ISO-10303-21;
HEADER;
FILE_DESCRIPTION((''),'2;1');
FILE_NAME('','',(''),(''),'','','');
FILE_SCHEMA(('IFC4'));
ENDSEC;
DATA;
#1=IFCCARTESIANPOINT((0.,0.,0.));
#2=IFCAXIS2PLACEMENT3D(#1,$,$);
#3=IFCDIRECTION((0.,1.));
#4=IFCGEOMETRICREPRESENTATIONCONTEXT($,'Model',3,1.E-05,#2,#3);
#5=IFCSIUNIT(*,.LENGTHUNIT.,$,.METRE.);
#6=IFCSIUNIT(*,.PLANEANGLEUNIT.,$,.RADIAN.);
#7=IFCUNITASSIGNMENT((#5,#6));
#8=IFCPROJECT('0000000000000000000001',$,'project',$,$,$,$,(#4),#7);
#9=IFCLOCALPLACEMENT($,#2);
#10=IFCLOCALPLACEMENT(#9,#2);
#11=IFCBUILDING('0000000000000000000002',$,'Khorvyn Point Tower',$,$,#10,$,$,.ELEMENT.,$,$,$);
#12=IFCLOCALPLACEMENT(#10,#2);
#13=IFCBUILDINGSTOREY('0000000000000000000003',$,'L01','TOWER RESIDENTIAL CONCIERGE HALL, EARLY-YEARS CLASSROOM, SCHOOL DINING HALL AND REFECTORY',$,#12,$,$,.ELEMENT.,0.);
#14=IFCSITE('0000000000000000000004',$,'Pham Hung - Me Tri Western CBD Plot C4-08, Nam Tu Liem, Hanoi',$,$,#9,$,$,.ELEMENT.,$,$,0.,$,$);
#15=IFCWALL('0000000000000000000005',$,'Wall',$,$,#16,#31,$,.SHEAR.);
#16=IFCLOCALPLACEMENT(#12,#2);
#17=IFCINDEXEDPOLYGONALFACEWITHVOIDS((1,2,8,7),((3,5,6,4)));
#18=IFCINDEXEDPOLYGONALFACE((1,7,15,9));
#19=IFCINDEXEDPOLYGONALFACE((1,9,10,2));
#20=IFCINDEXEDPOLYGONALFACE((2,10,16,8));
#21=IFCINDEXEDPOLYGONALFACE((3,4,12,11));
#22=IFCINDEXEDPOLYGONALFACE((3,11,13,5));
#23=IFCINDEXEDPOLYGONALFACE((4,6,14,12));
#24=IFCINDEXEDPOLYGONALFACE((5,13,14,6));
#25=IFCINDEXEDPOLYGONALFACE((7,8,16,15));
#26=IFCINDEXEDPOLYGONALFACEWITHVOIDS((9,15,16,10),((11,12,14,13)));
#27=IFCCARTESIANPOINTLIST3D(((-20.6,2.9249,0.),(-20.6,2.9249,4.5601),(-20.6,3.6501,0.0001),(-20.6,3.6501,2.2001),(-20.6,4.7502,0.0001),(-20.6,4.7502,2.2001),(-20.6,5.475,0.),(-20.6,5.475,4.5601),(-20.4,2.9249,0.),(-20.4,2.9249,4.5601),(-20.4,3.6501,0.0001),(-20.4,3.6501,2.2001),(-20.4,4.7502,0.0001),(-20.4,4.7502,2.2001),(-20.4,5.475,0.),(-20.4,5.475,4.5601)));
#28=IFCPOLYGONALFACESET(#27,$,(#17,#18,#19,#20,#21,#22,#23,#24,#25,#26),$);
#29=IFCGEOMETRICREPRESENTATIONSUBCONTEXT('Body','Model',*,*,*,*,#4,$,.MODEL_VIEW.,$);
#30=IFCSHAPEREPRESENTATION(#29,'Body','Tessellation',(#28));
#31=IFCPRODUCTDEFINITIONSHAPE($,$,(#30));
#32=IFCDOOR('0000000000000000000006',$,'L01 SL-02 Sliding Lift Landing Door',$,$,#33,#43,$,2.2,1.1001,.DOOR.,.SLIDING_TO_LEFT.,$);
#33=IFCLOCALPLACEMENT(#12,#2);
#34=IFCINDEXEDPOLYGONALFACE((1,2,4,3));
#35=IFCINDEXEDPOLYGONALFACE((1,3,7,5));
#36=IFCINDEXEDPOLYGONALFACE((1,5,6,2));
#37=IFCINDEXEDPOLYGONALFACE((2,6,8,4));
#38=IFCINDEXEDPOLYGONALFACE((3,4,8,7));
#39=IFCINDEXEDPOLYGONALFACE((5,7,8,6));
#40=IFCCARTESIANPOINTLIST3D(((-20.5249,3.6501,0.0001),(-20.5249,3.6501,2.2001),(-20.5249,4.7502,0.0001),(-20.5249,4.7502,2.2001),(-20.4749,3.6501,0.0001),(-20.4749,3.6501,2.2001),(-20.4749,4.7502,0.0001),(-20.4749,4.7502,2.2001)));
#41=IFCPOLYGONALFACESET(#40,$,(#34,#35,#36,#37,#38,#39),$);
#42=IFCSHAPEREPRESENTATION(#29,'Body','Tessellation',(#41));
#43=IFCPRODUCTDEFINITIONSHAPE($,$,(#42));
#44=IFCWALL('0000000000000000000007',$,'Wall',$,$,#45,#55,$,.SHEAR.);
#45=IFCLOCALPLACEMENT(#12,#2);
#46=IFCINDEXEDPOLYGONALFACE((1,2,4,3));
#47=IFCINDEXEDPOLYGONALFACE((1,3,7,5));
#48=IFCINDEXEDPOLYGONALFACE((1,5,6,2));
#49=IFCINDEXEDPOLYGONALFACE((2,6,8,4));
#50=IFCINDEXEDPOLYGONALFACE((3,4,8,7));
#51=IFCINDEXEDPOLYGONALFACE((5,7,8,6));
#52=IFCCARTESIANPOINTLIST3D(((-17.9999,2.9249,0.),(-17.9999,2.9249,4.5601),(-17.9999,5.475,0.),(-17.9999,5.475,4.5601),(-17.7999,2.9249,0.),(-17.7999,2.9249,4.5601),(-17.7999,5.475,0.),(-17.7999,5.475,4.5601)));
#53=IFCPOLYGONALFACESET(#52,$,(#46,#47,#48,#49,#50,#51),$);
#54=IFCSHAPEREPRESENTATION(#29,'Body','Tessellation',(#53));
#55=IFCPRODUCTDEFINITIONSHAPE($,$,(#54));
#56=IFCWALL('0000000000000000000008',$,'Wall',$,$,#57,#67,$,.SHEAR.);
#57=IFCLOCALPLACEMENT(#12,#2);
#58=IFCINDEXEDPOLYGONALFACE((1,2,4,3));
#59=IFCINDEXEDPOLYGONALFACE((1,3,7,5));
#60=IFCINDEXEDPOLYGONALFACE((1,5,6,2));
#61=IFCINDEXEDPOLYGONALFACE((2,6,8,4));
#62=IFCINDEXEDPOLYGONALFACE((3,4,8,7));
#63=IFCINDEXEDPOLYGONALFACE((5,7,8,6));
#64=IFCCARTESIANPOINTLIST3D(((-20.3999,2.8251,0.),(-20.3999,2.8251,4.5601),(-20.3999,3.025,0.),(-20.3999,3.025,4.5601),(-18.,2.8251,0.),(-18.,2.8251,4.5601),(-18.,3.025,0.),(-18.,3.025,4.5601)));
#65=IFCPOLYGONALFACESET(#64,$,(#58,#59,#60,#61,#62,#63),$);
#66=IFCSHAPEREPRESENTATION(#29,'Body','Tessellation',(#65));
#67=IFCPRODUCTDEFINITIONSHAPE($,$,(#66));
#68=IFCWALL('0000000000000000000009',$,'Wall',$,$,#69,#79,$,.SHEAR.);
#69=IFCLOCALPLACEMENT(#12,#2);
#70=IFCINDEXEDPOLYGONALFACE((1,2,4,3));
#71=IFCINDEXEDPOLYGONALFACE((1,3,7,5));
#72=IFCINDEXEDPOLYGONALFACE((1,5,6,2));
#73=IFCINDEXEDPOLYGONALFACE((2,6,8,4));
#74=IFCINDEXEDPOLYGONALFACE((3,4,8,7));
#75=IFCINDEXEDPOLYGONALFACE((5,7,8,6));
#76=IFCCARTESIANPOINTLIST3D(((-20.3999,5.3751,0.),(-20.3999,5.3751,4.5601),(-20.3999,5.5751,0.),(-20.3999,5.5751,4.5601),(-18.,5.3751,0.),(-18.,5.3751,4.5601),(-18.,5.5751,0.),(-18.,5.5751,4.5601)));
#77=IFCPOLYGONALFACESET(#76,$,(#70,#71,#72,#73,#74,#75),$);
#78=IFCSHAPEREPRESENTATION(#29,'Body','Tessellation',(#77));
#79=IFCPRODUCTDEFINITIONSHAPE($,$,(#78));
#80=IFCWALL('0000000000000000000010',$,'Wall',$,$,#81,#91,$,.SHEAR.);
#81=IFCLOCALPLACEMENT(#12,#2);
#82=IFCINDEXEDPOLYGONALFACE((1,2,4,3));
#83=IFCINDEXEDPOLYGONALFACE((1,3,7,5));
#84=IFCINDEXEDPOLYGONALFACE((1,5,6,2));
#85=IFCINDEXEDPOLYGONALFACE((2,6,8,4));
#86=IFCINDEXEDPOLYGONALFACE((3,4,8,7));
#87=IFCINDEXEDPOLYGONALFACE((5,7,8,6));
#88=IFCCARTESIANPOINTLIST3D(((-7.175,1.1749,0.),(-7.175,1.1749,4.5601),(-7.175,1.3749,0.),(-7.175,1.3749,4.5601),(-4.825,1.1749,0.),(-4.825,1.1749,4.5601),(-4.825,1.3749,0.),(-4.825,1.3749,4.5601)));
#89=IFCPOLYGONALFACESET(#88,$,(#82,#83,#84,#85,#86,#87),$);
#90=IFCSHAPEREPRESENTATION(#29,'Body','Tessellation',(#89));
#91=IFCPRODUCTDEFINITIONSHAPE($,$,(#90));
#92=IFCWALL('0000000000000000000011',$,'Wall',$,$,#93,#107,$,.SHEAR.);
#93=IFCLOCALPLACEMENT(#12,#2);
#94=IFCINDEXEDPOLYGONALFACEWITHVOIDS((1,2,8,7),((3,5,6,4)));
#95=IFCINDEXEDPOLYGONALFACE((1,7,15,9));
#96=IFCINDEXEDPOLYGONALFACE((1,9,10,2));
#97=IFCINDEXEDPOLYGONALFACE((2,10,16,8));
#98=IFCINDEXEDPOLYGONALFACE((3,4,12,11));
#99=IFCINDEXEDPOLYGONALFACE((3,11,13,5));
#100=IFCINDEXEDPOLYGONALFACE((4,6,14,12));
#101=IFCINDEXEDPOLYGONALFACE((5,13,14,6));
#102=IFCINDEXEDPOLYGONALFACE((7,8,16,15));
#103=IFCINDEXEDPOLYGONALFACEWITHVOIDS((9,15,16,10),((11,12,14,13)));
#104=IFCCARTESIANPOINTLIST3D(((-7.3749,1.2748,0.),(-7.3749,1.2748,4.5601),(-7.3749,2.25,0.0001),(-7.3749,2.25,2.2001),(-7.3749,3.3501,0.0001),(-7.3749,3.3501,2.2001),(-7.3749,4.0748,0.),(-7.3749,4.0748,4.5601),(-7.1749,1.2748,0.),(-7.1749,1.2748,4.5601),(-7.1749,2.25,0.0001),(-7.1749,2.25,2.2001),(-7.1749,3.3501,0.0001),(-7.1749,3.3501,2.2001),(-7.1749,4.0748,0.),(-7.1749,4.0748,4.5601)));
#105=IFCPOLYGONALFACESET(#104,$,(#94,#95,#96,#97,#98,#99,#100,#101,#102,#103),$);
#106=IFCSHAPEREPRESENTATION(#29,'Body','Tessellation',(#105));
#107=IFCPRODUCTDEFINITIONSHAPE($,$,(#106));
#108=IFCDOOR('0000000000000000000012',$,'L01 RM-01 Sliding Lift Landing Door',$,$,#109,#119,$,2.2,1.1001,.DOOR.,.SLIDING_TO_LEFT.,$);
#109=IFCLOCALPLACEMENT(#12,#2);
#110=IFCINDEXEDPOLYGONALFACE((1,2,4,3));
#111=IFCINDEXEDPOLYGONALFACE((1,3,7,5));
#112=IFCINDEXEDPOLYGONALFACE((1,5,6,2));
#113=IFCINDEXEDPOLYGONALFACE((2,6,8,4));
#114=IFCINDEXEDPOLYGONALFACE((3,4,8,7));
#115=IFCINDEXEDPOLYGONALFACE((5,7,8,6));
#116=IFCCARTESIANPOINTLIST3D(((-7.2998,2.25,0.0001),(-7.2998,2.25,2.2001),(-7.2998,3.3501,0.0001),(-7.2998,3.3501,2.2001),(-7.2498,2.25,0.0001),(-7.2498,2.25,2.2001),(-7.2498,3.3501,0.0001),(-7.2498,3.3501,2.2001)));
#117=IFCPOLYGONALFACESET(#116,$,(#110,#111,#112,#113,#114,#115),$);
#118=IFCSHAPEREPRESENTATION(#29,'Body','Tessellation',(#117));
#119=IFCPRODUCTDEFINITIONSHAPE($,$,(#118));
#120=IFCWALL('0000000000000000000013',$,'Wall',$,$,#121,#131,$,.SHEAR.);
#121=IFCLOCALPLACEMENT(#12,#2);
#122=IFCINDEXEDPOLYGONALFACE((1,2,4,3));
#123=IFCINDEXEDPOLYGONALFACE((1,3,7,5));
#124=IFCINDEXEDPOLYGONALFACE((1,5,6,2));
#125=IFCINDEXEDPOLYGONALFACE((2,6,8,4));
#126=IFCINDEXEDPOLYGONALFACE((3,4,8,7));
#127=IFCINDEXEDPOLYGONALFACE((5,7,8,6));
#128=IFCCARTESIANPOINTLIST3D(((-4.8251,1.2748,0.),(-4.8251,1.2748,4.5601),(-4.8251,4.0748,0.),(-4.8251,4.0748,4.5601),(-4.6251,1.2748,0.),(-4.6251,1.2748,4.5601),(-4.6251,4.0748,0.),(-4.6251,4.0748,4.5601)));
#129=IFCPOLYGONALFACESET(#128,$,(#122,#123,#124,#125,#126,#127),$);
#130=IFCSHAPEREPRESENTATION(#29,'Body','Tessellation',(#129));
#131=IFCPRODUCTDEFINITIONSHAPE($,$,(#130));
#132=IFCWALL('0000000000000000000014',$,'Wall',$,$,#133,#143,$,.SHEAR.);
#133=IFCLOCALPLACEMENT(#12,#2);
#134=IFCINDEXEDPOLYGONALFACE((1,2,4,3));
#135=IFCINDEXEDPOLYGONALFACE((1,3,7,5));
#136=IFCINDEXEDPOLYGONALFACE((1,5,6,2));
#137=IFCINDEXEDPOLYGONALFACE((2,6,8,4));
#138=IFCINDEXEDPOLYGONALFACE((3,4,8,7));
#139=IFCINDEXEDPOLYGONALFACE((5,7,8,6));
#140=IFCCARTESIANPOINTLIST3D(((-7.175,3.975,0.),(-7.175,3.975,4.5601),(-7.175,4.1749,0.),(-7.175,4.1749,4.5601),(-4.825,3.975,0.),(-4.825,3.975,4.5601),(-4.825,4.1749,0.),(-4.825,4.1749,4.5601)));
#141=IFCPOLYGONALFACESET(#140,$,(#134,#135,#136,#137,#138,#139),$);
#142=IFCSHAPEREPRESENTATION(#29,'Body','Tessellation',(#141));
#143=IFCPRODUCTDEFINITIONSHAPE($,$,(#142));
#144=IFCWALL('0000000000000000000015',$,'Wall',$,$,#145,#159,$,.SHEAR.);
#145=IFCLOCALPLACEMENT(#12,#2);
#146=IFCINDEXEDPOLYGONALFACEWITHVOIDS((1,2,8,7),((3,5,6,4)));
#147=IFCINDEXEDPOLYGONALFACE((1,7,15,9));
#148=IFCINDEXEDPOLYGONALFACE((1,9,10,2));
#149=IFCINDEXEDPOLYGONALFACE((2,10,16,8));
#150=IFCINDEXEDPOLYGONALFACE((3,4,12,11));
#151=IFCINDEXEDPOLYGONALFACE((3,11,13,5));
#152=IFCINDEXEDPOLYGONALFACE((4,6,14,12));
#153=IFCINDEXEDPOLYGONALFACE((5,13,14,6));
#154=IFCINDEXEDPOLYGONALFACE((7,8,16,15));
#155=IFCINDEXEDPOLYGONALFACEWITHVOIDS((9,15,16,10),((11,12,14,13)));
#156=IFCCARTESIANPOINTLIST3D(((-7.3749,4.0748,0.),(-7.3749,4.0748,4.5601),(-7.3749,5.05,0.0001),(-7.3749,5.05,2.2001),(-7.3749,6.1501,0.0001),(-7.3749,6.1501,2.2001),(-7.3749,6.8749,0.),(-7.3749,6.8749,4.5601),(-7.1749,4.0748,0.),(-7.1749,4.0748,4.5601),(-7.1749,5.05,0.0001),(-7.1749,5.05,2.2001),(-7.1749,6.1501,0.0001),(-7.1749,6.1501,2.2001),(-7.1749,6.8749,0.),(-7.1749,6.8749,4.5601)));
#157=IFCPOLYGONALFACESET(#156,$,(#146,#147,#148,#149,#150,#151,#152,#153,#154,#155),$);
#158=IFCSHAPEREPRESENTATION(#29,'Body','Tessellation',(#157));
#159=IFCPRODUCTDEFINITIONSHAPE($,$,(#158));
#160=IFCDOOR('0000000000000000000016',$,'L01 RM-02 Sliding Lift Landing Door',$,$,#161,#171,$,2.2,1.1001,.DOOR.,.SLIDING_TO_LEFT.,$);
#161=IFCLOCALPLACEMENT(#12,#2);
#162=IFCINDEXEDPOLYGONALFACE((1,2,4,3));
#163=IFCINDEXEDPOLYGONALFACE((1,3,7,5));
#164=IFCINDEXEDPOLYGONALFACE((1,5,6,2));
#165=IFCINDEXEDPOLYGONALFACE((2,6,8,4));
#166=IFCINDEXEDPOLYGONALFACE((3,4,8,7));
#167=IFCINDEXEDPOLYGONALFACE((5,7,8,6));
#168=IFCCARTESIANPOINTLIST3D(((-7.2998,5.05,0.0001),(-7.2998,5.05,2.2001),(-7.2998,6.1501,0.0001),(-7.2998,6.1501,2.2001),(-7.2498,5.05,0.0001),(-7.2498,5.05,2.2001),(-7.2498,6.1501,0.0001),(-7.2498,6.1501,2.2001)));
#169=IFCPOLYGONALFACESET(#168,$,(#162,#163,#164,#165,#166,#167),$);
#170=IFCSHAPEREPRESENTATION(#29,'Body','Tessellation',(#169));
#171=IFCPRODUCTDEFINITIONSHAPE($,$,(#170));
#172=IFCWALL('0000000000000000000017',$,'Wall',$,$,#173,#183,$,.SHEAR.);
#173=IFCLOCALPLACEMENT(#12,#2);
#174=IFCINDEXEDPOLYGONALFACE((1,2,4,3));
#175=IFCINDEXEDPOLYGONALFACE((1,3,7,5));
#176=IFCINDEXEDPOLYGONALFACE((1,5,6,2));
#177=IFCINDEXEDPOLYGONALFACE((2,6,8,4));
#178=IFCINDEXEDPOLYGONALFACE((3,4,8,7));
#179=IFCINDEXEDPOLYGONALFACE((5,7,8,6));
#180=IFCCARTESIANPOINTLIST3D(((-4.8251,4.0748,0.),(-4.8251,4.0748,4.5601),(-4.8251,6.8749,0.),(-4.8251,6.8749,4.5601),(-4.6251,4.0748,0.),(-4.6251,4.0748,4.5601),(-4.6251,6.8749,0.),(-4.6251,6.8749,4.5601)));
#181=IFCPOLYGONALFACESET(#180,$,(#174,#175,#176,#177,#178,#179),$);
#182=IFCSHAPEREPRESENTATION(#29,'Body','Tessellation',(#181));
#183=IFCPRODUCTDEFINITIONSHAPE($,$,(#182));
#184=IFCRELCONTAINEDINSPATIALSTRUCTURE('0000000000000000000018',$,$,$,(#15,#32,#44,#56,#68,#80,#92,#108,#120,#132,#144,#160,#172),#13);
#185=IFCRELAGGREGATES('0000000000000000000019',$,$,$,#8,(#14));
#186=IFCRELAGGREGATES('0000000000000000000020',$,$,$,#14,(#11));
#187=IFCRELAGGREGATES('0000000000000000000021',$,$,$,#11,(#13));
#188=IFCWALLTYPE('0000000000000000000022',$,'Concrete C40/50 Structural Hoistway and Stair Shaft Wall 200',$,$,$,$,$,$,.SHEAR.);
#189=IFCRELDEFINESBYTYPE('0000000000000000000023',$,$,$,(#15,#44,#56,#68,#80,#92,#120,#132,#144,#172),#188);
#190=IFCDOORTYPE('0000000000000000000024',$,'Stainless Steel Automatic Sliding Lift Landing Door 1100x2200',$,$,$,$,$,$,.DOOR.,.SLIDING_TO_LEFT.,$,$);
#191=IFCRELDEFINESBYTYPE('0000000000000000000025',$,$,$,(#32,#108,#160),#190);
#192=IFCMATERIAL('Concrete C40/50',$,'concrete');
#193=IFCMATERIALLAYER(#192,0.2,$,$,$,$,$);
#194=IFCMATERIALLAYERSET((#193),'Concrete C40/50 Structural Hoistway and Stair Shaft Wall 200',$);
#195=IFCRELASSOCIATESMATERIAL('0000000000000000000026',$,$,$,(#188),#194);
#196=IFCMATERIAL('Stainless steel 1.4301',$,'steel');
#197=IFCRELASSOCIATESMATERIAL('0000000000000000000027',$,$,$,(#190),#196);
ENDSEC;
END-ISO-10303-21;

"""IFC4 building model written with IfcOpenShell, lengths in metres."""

from ifc_helpers import new_model, si_unit, direction, frame, frame_2d, origin, place, context, subcontext, project, spatial, rectangle, extrude, material, layer, layer_set, type_object, element, fill, save


model = new_model("IFC4")

# Units and contexts
model_context = context("Model", 3, precision=1e-05, world=origin(), true_north=direction((0.0, 1.0)))
body_context = subcontext(model_context, "Body", "Model", "MODEL_VIEW")
ifc_project = project(units=[si_unit("LENGTHUNIT", "METRE"), si_unit("PLANEANGLEUNIT", "RADIAN")], contexts=[model_context])

# Site, building, storey
site_placement = place(None, origin())
site = spatial("IfcSite", under=ifc_project, at=site_placement, Name="Pham Hung - Me Tri Western CBD Plot C4-08, Nam Tu Liem, Hanoi", CompositionType="ELEMENT", RefElevation=0.0)
building_placement = place(site_placement, origin())
building = spatial("IfcBuilding", under=site, at=building_placement, Name="Khorvyn Point Tower", CompositionType="ELEMENT")
storey_placement = place(building_placement, origin())
storey = spatial("IfcBuildingStorey", under=building, at=storey_placement, Name="L01", Description="TOWER RESIDENTIAL CONCIERGE HALL, EARLY-YEARS CLASSROOM, SCHOOL DINING HALL AND REFECTORY", CompositionType="ELEMENT", Elevation=0.0)

# Shared definitions
ifc_material_1 = material(Name="Concrete C40/50", Category="concrete")

# Wall, opening, door
ifc_layer_1 = layer(ifc_material_1, 0.2)
ifc_layer_set_1 = layer_set([ifc_layer_1], Name="Concrete C40/50 Structural Hoistway and Stair Shaft Wall 200")
wall_type_1 = type_object("IfcWallType", Name="Concrete C40/50 Structural Hoistway and Stair Shaft Wall 200", PredefinedType="SHEAR", material=ifc_layer_set_1)
wall_1_placement = place(storey_placement, frame((-20.5, 2.925, 0.0), z_axis=(0.0, 0.0, 1.0), x_axis=(0.0, 1.0, 0.0)))
wall_1 = element("IfcWall", 1, at=wall_1_placement, inside=storey, type_object=wall_type_1, Name="Wall", PredefinedType="SHEAR", context=body_context, shape_type="SweptSolid", body=[
    extrude(rectangle(XDim=2.55, YDim=0.2, at=frame_2d((1.2749, 0.0))), origin(), (0.0, 0.0, 1.0), 4.5601),
])
opening_1_placement = place(wall_1_placement, frame((0.7251, 0.0, 0.0)))
opening_1 = element("IfcOpeningElement", 2, at=opening_1_placement, cuts=wall_1, PredefinedType="OPENING", context=body_context, shape_type="SweptSolid", body=[
    extrude(rectangle(XDim=1.1001, YDim=2.2, at=frame_2d((0.55, 1.1001))), frame((0.0, 0.1099, 0.0), z_axis=(0.0, -1.0, 0.0), x_axis=(1.0, 0.0, 0.0)), (0.0, 0.0, 1.0), 0.22),
])
ifc_material_2 = material(Name="Stainless steel 1.4301", Category="steel")
door_type = type_object("IfcDoorType", Name="Stainless Steel Automatic Sliding Lift Landing Door 1100x2200", OperationType="SLIDING_TO_LEFT", PredefinedType="DOOR", material=ifc_material_2)
door_1_placement = place(opening_1_placement, origin())
door_1 = element("IfcDoor", 3, at=door_1_placement, inside=storey, type_object=door_type, Name="L01 SL-02 Sliding Lift Landing Door", OperationType="SLIDING_TO_LEFT", OverallHeight=2.2, OverallWidth=1.1001, PredefinedType="DOOR", context=body_context, shape_type="SweptSolid", body=[
    extrude(rectangle(XDim=1.1001, YDim=2.2, at=frame_2d((0.55, 1.1001))), frame((0.0, 0.0249, 0.0), z_axis=(0.0, -1.0, 0.0), x_axis=(1.0, 0.0, 0.0)), (0.0, 0.0, 1.0), 0.05),
])
fill(opening_1, door_1)

# Walls
wall_2_placement = place(storey_placement, frame((-17.8999, 2.925, 0.0), z_axis=(0.0, 0.0, 1.0), x_axis=(0.0, 1.0, 0.0)))
element("IfcWall", 4, at=wall_2_placement, inside=storey, type_object=wall_type_1, Name="Wall", PredefinedType="SHEAR", context=body_context, shape_type="SweptSolid", body=[
    extrude(rectangle(XDim=2.55, YDim=0.2, at=frame_2d((1.2749, 0.0))), origin(), (0.0, 0.0, 1.0), 4.5601),
])
for number, where, z_axis, x_axis, name in (
    (5, (-20.3999, 2.925, 0.0), (0.0, 0.0, 1.0), (1.0, 0.0, 0.0), "Wall"),
    (6, (-20.3999, 5.4751, 0.0), (0.0, 0.0, 1.0), (1.0, 0.0, 0.0), "Wall"),
):
    element("IfcWall", number, at=place(storey_placement, frame(where, z_axis=z_axis, x_axis=x_axis)), inside=storey, type_object=wall_type_1, Name=name, PredefinedType="SHEAR", context=body_context, shape_type="SweptSolid", body=[
        extrude(rectangle(XDim=2.3999, YDim=0.2, at=frame_2d((1.2, 0.0))), origin(), (0.0, 0.0, 1.0), 4.5601),
    ])
wall_3_placement = place(storey_placement, frame((-7.175, 1.2749, 0.0), z_axis=(0.0, 0.0, 1.0), x_axis=(1.0, 0.0, 0.0)))
element("IfcWall", 7, at=wall_3_placement, inside=storey, type_object=wall_type_1, Name="Wall", PredefinedType="SHEAR", context=body_context, shape_type="SweptSolid", body=[
    extrude(rectangle(XDim=2.3501, YDim=0.2, at=frame_2d((1.175, 0.0))), origin(), (0.0, 0.0, 1.0), 4.5601),
])

# Wall, opening, door
wall_4_placement = place(storey_placement, frame((-7.2749, 1.2749, 0.0), z_axis=(0.0, 0.0, 1.0), x_axis=(0.0, 1.0, 0.0)))
wall_4 = element("IfcWall", 8, at=wall_4_placement, inside=storey, type_object=wall_type_1, Name="Wall", PredefinedType="SHEAR", context=body_context, shape_type="SweptSolid", body=[
    extrude(rectangle(XDim=2.8, YDim=0.2, at=frame_2d((1.3999, 0.0))), origin(), (0.0, 0.0, 1.0), 4.5601),
])
opening_2_placement = place(wall_4_placement, frame((0.9751, 0.0, 0.0)))
opening_2 = element("IfcOpeningElement", 9, at=opening_2_placement, cuts=wall_4, PredefinedType="OPENING", context=body_context, shape_type="SweptSolid", body=[
    extrude(rectangle(XDim=1.1001, YDim=2.2, at=frame_2d((0.55, 1.1001))), frame((0.0, 0.1099, 0.0), z_axis=(0.0, -1.0, 0.0), x_axis=(1.0, 0.0, 0.0)), (0.0, 0.0, 1.0), 0.22),
])
door_2_placement = place(opening_2_placement, origin())
door_2 = element("IfcDoor", 10, at=door_2_placement, inside=storey, type_object=door_type, Name="L01 RM-01 Sliding Lift Landing Door", OperationType="SLIDING_TO_LEFT", OverallHeight=2.2, OverallWidth=1.1001, PredefinedType="DOOR", context=body_context, shape_type="SweptSolid", body=[
    extrude(rectangle(XDim=1.1001, YDim=2.2, at=frame_2d((0.55, 1.1001))), frame((0.0, 0.0249, 0.0), z_axis=(0.0, -1.0, 0.0), x_axis=(1.0, 0.0, 0.0)), (0.0, 0.0, 1.0), 0.05),
])
fill(opening_2, door_2)

# Walls
wall_5_placement = place(storey_placement, frame((-4.7251, 1.2749, 0.0), z_axis=(0.0, 0.0, 1.0), x_axis=(0.0, 1.0, 0.0)))
element("IfcWall", 11, at=wall_5_placement, inside=storey, type_object=wall_type_1, Name="Wall", PredefinedType="SHEAR", context=body_context, shape_type="SweptSolid", body=[
    extrude(rectangle(XDim=2.8, YDim=0.2, at=frame_2d((1.3999, 0.0))), origin(), (0.0, 0.0, 1.0), 4.5601),
])
wall_6_placement = place(storey_placement, frame((-7.175, 4.075, 0.0), z_axis=(0.0, 0.0, 1.0), x_axis=(1.0, 0.0, 0.0)))
element("IfcWall", 12, at=wall_6_placement, inside=storey, type_object=wall_type_1, Name="Wall", PredefinedType="SHEAR", context=body_context, shape_type="SweptSolid", body=[
    extrude(rectangle(XDim=2.3501, YDim=0.2, at=frame_2d((1.175, 0.0))), origin(), (0.0, 0.0, 1.0), 4.5601),
])

# Wall, opening, door
wall_7_placement = place(storey_placement, frame((-7.2749, 4.075, 0.0), z_axis=(0.0, 0.0, 1.0), x_axis=(0.0, 1.0, 0.0)))
wall_7 = element("IfcWall", 13, at=wall_7_placement, inside=storey, type_object=wall_type_1, Name="Wall", PredefinedType="SHEAR", context=body_context, shape_type="SweptSolid", body=[
    extrude(rectangle(XDim=2.8, YDim=0.2, at=frame_2d((1.3999, 0.0))), origin(), (0.0, 0.0, 1.0), 4.5601),
])
opening_3_placement = place(wall_7_placement, frame((0.9751, 0.0, 0.0)))
opening_3 = element("IfcOpeningElement", 14, at=opening_3_placement, cuts=wall_7, PredefinedType="OPENING", context=body_context, shape_type="SweptSolid", body=[
    extrude(rectangle(XDim=1.1001, YDim=2.2, at=frame_2d((0.55, 1.1001))), frame((0.0, 0.1099, 0.0), z_axis=(0.0, -1.0, 0.0), x_axis=(1.0, 0.0, 0.0)), (0.0, 0.0, 1.0), 0.22),
])
door_3_placement = place(opening_3_placement, origin())
door_3 = element("IfcDoor", 15, at=door_3_placement, inside=storey, type_object=door_type, Name="L01 RM-02 Sliding Lift Landing Door", OperationType="SLIDING_TO_LEFT", OverallHeight=2.2, OverallWidth=1.1001, PredefinedType="DOOR", context=body_context, shape_type="SweptSolid", body=[
    extrude(rectangle(XDim=1.1001, YDim=2.2, at=frame_2d((0.55, 1.1001))), frame((0.0, 0.0249, 0.0), z_axis=(0.0, -1.0, 0.0), x_axis=(1.0, 0.0, 0.0)), (0.0, 0.0, 1.0), 0.05),
])
fill(opening_3, door_3)

# Wall
wall_8_placement = place(storey_placement, frame((-4.7251, 4.075, 0.0), z_axis=(0.0, 0.0, 1.0), x_axis=(0.0, 1.0, 0.0)))
element("IfcWall", 16, at=wall_8_placement, inside=storey, type_object=wall_type_1, Name="Wall", PredefinedType="SHEAR", context=body_context, shape_type="SweptSolid", body=[
    extrude(rectangle(XDim=2.8, YDim=0.2, at=frame_2d((1.3999, 0.0))), origin(), (0.0, 0.0, 1.0), 4.5601),
])

save(model, "model.ifc")
